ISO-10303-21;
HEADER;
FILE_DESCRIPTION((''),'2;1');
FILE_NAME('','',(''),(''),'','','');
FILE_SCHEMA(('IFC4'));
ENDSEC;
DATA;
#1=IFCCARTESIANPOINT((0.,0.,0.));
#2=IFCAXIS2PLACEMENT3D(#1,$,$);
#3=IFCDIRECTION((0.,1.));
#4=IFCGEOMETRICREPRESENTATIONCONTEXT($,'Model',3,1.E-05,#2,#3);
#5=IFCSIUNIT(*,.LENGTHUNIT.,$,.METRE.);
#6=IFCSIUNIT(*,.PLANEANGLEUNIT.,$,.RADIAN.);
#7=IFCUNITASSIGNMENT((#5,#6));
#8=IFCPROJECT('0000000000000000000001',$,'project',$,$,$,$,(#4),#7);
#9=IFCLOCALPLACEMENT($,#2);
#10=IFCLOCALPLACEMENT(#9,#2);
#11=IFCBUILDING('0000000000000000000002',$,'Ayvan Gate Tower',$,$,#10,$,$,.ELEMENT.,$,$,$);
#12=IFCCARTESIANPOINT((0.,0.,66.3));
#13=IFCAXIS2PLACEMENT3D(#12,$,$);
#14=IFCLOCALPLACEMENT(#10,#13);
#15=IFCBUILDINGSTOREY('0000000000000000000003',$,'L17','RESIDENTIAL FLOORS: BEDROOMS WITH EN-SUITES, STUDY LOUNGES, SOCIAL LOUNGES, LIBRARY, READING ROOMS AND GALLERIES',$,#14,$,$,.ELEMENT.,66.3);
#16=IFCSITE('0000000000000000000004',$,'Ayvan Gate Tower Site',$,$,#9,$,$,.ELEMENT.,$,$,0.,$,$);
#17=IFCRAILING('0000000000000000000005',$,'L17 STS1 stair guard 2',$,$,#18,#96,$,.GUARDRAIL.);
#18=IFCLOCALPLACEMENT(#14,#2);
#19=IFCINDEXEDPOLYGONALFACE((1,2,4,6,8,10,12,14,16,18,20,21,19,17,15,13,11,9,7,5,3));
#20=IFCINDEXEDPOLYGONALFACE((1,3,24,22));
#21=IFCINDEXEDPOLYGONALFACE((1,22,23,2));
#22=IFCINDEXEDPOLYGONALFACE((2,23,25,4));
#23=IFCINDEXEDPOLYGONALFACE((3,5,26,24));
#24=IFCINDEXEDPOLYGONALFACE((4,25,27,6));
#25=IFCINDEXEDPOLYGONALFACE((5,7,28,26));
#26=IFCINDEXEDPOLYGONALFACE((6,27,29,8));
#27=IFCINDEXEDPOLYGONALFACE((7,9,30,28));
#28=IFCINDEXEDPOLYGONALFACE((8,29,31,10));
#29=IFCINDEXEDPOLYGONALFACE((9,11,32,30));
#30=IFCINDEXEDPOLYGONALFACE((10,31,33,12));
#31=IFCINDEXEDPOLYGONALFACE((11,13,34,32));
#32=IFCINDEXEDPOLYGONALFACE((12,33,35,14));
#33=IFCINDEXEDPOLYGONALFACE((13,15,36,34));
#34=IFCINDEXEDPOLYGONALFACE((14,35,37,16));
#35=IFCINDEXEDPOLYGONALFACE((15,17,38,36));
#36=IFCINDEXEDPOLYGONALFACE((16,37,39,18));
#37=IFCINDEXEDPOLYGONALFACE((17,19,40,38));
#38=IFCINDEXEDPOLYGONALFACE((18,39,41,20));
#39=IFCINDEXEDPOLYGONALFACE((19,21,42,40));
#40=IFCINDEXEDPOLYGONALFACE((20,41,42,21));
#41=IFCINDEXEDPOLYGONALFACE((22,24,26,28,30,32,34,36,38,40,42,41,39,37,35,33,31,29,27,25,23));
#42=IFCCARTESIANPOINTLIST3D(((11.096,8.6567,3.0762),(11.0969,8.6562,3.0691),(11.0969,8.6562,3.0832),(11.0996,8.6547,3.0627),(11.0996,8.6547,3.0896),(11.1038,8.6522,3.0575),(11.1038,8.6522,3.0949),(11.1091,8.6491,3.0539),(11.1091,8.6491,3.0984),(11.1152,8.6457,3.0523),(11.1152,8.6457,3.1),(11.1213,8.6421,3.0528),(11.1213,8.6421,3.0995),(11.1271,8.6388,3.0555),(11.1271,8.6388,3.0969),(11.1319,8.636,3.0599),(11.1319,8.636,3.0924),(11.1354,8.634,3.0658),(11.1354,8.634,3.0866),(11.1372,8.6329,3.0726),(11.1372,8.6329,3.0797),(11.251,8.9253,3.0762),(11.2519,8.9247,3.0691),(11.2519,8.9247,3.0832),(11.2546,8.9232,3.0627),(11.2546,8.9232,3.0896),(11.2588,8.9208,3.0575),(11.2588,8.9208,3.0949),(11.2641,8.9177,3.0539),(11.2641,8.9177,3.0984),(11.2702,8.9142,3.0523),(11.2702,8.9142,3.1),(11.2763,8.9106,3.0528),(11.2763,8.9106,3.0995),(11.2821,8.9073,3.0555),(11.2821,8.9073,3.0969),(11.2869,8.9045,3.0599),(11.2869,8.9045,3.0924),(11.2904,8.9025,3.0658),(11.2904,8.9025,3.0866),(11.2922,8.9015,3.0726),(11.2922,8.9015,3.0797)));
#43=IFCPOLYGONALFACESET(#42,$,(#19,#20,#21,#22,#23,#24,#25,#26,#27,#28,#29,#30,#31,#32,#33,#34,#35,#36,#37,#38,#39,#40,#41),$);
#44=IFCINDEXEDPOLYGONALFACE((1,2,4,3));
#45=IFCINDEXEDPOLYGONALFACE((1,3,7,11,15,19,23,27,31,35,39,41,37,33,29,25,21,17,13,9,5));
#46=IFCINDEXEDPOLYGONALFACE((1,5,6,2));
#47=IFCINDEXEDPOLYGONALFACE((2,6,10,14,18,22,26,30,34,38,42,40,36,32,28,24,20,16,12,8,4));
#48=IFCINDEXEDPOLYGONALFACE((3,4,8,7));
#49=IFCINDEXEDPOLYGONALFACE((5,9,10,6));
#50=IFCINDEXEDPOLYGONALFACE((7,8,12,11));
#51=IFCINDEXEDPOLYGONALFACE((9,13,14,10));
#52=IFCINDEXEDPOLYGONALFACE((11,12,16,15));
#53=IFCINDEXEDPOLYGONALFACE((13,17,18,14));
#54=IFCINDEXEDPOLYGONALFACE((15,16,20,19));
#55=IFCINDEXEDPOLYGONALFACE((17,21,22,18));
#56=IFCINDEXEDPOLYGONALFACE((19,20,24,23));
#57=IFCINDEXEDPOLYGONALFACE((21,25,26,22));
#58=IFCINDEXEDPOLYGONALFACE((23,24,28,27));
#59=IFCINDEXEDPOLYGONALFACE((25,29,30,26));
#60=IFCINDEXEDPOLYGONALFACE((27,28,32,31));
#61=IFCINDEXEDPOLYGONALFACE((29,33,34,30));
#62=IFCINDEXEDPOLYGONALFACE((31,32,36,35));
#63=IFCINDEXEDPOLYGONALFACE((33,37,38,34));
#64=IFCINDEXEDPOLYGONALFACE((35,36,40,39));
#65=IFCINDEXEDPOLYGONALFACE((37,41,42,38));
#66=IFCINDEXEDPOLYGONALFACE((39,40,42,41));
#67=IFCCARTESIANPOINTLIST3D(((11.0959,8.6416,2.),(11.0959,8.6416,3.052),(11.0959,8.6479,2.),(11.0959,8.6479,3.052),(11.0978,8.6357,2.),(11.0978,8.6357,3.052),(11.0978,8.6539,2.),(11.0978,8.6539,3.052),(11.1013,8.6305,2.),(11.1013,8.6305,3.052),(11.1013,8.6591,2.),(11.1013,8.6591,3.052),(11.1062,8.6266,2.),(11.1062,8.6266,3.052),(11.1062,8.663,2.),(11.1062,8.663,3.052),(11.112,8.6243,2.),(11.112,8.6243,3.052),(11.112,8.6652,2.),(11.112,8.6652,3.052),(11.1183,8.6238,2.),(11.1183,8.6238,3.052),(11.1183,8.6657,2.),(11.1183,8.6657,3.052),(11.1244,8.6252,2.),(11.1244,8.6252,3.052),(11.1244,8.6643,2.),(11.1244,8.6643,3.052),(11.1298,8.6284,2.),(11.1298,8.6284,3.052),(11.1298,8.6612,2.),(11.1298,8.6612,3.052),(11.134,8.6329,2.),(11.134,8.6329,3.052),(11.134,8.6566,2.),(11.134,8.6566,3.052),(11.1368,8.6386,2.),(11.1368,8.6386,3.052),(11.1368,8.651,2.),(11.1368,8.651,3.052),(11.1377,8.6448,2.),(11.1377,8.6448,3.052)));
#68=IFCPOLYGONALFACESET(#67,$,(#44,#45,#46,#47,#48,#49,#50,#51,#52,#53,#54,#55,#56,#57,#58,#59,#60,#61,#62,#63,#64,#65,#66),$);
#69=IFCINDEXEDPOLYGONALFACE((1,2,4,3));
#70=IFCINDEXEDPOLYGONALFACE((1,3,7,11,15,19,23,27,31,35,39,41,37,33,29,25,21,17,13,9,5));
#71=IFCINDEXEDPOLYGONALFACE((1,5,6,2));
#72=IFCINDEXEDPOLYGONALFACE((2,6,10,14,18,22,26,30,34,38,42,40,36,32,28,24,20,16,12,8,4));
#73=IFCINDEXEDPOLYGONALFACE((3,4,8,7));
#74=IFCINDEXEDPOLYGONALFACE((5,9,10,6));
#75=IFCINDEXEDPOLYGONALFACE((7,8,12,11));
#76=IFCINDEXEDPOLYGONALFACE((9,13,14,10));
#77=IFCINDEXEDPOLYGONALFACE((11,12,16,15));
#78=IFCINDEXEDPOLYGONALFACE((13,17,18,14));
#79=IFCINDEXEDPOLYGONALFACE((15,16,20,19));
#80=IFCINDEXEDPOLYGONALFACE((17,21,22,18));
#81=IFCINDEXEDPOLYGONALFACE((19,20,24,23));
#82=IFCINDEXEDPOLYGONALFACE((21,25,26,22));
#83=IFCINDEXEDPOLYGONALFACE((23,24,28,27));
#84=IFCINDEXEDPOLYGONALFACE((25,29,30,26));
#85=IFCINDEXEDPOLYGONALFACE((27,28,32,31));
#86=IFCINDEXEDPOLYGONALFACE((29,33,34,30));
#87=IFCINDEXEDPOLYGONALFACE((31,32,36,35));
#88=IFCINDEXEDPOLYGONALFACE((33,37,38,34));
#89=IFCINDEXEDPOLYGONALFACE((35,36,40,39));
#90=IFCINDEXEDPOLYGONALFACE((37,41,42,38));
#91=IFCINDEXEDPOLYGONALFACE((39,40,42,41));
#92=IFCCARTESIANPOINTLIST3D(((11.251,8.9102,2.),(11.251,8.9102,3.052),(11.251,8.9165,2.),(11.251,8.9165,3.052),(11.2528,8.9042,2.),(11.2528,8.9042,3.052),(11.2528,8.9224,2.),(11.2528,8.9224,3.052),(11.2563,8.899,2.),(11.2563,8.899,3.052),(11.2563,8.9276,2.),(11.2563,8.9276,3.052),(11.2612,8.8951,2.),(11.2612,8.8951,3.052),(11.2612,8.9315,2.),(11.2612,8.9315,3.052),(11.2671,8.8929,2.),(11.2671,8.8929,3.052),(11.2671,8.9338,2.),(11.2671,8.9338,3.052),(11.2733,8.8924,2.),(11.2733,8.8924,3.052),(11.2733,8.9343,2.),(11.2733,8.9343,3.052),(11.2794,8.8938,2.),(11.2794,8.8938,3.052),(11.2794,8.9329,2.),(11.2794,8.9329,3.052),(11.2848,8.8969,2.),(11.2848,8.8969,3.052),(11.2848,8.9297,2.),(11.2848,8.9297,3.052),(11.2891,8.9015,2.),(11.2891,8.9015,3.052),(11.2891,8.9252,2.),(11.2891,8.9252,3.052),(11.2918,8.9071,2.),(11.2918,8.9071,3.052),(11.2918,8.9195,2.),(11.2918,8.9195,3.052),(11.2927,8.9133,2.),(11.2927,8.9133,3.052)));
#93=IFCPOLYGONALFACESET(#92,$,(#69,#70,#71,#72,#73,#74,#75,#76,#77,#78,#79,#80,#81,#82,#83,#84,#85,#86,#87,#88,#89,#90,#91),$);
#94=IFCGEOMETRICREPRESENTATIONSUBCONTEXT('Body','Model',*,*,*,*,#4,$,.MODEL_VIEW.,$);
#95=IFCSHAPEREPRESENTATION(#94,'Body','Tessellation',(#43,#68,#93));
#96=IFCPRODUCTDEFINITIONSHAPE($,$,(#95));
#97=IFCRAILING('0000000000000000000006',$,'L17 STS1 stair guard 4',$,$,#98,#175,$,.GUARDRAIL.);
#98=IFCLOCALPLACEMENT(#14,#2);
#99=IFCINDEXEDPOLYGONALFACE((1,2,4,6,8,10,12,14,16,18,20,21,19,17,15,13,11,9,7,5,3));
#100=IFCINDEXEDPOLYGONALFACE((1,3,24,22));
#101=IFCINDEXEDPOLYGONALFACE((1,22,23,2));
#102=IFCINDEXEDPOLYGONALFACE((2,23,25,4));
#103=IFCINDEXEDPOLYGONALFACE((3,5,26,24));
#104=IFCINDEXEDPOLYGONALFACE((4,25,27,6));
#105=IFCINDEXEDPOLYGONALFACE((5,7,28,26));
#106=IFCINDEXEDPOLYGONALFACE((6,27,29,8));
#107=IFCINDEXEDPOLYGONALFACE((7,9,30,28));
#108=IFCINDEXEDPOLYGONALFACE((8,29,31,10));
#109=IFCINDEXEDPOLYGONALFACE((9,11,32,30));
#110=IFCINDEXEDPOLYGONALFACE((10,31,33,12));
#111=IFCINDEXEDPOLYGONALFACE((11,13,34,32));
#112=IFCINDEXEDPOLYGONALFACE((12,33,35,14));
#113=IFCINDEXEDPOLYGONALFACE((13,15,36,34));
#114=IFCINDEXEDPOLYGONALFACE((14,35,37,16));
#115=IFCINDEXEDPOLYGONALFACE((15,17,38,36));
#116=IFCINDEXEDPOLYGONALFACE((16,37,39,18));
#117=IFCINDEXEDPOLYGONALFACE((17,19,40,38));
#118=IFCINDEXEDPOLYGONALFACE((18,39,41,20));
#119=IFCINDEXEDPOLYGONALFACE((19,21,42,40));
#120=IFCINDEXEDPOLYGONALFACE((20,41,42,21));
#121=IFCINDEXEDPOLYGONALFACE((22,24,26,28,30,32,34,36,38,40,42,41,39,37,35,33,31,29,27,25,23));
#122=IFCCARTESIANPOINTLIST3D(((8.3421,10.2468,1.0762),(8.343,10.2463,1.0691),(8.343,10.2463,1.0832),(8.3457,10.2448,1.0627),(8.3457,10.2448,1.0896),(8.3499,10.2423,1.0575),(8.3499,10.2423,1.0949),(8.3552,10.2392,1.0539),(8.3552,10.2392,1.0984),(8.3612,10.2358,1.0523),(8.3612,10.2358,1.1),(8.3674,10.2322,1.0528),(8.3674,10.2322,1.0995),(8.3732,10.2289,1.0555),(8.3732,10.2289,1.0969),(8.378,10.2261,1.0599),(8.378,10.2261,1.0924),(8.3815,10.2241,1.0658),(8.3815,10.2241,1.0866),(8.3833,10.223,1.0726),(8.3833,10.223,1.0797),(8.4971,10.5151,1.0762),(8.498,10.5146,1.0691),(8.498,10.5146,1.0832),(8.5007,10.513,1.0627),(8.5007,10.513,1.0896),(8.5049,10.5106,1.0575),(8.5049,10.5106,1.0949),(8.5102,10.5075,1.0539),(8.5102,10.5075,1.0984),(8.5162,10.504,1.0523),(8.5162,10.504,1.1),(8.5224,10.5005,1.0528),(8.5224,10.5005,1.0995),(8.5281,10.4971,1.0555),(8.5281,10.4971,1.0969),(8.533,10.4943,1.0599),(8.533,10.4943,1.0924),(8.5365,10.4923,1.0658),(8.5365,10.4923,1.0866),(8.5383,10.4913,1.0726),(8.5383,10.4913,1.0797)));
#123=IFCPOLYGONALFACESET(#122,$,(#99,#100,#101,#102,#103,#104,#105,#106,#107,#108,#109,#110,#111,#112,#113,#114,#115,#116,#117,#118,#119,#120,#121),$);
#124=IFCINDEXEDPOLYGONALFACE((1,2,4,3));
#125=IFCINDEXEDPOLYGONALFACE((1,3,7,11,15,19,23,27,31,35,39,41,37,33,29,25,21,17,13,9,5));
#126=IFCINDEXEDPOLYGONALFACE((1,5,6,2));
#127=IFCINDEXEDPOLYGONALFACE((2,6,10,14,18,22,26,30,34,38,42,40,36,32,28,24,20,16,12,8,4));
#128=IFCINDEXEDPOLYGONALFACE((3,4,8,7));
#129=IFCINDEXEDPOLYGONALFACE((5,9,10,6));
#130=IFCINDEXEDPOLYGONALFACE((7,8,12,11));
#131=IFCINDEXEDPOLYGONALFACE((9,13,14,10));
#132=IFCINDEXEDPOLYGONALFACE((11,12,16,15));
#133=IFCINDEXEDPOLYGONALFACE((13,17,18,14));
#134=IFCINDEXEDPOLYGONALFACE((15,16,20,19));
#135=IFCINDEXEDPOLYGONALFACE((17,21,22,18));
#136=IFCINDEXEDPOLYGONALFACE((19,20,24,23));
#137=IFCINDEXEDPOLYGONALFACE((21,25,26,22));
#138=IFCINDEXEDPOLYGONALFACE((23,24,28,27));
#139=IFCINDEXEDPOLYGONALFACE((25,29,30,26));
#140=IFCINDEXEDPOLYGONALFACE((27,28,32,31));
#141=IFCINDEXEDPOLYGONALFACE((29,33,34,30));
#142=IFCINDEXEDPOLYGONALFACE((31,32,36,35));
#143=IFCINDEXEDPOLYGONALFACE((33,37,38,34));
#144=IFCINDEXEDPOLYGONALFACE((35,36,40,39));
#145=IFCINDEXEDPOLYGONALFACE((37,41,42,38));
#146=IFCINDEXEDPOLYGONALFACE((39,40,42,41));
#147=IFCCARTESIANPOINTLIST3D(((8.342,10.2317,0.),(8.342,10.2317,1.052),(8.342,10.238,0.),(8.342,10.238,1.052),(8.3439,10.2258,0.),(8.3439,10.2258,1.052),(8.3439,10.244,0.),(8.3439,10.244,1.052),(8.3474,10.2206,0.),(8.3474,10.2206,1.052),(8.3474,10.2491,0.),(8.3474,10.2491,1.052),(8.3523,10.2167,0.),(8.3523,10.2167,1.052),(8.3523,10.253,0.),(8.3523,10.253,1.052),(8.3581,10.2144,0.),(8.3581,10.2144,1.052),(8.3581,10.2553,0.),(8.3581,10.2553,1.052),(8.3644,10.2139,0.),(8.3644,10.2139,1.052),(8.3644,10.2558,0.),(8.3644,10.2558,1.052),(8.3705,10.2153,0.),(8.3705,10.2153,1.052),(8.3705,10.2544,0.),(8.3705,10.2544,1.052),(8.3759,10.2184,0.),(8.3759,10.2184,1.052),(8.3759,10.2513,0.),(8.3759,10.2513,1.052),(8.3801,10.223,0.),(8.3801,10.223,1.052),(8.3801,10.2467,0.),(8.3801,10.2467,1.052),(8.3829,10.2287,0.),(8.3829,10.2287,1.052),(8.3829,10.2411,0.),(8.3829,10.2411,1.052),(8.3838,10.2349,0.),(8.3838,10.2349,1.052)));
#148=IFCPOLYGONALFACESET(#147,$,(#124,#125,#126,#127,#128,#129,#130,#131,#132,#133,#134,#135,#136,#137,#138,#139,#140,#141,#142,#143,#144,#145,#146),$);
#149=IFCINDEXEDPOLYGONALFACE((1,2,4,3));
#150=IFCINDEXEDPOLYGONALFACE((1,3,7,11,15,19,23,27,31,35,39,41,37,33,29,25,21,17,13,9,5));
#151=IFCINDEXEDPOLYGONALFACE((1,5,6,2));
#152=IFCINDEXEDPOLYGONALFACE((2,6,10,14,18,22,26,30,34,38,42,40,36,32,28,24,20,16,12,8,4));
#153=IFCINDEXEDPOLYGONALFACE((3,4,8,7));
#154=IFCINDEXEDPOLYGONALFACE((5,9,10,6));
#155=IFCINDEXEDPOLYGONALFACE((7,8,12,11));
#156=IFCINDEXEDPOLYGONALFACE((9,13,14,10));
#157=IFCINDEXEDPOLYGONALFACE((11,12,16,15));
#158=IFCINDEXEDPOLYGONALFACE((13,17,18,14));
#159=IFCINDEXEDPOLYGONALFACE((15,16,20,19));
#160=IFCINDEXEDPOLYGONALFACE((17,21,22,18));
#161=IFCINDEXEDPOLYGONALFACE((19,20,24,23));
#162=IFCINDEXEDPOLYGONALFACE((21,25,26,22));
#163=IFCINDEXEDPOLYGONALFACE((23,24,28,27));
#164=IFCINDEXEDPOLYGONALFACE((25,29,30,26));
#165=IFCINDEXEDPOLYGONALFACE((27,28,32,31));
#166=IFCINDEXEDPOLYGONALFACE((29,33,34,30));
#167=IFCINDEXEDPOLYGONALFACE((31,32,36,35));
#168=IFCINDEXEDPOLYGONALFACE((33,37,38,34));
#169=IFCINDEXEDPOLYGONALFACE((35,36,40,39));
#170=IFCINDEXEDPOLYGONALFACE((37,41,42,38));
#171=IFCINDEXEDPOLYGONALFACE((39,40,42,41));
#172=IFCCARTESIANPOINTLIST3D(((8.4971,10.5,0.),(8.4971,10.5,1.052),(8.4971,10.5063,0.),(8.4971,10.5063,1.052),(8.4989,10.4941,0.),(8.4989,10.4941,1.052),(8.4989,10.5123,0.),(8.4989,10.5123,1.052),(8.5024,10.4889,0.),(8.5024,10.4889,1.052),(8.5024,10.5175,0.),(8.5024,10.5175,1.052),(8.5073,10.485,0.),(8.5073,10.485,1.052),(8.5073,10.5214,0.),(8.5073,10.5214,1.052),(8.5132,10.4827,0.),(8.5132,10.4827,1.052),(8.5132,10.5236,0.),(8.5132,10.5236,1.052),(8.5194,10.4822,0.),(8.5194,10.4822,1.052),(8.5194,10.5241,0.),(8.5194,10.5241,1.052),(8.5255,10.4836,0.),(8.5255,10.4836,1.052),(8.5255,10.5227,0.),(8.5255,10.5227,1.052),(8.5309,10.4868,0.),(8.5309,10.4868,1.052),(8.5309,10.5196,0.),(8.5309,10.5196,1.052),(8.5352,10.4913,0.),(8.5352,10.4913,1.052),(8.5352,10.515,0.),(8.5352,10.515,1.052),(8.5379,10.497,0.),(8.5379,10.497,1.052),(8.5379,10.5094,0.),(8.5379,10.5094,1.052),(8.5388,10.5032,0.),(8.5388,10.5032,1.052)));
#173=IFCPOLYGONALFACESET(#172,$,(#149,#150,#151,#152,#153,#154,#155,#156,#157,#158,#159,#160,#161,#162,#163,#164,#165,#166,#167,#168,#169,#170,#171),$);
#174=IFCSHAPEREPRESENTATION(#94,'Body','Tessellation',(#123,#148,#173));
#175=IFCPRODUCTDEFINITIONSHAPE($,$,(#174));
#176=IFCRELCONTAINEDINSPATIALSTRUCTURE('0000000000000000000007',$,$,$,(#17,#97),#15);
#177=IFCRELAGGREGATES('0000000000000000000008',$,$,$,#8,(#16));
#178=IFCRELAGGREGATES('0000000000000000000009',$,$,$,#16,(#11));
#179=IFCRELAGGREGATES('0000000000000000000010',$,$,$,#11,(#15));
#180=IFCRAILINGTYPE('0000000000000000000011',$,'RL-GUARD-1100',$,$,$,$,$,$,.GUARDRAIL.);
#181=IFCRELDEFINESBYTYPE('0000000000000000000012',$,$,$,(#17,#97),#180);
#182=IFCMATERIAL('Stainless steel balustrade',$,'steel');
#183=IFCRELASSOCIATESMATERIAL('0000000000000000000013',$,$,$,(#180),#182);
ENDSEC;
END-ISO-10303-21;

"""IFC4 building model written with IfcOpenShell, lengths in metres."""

from ifc_helpers import new_model, si_unit, direction, frame, origin, origin_2d, place, context, subcontext, project, spatial, circle, extrude, material, type_object, element, save


model = new_model("IFC4")

# Units and contexts
model_context = context("Model", 3, precision=1e-05, world=origin(), true_north=direction((0.0, 1.0)))
body_context = subcontext(model_context, "Body", "Model", "MODEL_VIEW")
ifc_project = project(units=[si_unit("LENGTHUNIT", "METRE"), si_unit("PLANEANGLEUNIT", "RADIAN")], contexts=[model_context])

# Site, building, storey
site_placement = place(None, origin())
site = spatial("IfcSite", under=ifc_project, at=site_placement, Name="Ayvan Gate Tower Site", CompositionType="ELEMENT", RefElevation=0.0)
building_placement = place(site_placement, origin())
building = spatial("IfcBuilding", under=site, at=building_placement, Name="Ayvan Gate Tower", CompositionType="ELEMENT")
storey_placement = place(building_placement, frame((0.0, 0.0, 66.3)))
storey = spatial("IfcBuildingStorey", under=building, at=storey_placement, Name="L17", Description="RESIDENTIAL FLOORS: BEDROOMS WITH EN-SUITES, STUDY LOUNGES, SOCIAL LOUNGES, LIBRARY, READING ROOMS AND GALLERIES", CompositionType="ELEMENT", Elevation=66.3)

# Railings
ifc_material_1 = material(Name="Stainless steel balustrade", Category="steel")
railing_type_1 = type_object("IfcRailingType", Name="RL-GUARD-1100", PredefinedType="GUARDRAIL", material=ifc_material_1)
railing_1_placement = place(storey_placement, frame((11.1167, 8.6448, 2.0)))
element("IfcRailing", 1, at=railing_1_placement, inside=storey, type_object=railing_type_1, Name="L17 STS1 stair guard 2", PredefinedType="GUARDRAIL", context=body_context, shape_type="SweptSolid", body=[
    extrude(circle(Radius=0.0239, at=origin_2d()), frame((0.0, 0.0, 1.0762), z_axis=(0.49995, 0.866054, 0.0), x_axis=(-0.866054, 0.49995, 0.0)), (0.0, 0.0, 1.0), 0.3101),
    extrude(circle(Radius=0.021, at=origin_2d()), origin(), (0.0, 0.0, 1.0), 1.052),
    extrude(circle(Radius=0.021, at=origin_2d()), frame((0.155, 0.2686, 0.0)), (0.0, 0.0, 1.0), 1.052),
])
railing_2_placement = place(storey_placement, frame((8.3628, 10.2349, 0.0)))
element("IfcRailing", 2, at=railing_2_placement, inside=storey, type_object=railing_type_1, Name="L17 STS1 stair guard 4", PredefinedType="GUARDRAIL", context=body_context, shape_type="SweptSolid", body=[
    extrude(circle(Radius=0.0239, at=origin_2d()), frame((0.0, 0.0, 1.0762), z_axis=(0.500291, 0.865857, 0.0), x_axis=(-0.865857, 0.500291, 0.0)), (0.0, 0.0, 1.0), 0.3098),
    extrude(circle(Radius=0.021, at=origin_2d()), origin(), (0.0, 0.0, 1.0), 1.052),
    extrude(circle(Radius=0.021, at=origin_2d()), frame((0.155, 0.2683, 0.0)), (0.0, 0.0, 1.0), 1.052),
])

save(model, "model.ifc")
